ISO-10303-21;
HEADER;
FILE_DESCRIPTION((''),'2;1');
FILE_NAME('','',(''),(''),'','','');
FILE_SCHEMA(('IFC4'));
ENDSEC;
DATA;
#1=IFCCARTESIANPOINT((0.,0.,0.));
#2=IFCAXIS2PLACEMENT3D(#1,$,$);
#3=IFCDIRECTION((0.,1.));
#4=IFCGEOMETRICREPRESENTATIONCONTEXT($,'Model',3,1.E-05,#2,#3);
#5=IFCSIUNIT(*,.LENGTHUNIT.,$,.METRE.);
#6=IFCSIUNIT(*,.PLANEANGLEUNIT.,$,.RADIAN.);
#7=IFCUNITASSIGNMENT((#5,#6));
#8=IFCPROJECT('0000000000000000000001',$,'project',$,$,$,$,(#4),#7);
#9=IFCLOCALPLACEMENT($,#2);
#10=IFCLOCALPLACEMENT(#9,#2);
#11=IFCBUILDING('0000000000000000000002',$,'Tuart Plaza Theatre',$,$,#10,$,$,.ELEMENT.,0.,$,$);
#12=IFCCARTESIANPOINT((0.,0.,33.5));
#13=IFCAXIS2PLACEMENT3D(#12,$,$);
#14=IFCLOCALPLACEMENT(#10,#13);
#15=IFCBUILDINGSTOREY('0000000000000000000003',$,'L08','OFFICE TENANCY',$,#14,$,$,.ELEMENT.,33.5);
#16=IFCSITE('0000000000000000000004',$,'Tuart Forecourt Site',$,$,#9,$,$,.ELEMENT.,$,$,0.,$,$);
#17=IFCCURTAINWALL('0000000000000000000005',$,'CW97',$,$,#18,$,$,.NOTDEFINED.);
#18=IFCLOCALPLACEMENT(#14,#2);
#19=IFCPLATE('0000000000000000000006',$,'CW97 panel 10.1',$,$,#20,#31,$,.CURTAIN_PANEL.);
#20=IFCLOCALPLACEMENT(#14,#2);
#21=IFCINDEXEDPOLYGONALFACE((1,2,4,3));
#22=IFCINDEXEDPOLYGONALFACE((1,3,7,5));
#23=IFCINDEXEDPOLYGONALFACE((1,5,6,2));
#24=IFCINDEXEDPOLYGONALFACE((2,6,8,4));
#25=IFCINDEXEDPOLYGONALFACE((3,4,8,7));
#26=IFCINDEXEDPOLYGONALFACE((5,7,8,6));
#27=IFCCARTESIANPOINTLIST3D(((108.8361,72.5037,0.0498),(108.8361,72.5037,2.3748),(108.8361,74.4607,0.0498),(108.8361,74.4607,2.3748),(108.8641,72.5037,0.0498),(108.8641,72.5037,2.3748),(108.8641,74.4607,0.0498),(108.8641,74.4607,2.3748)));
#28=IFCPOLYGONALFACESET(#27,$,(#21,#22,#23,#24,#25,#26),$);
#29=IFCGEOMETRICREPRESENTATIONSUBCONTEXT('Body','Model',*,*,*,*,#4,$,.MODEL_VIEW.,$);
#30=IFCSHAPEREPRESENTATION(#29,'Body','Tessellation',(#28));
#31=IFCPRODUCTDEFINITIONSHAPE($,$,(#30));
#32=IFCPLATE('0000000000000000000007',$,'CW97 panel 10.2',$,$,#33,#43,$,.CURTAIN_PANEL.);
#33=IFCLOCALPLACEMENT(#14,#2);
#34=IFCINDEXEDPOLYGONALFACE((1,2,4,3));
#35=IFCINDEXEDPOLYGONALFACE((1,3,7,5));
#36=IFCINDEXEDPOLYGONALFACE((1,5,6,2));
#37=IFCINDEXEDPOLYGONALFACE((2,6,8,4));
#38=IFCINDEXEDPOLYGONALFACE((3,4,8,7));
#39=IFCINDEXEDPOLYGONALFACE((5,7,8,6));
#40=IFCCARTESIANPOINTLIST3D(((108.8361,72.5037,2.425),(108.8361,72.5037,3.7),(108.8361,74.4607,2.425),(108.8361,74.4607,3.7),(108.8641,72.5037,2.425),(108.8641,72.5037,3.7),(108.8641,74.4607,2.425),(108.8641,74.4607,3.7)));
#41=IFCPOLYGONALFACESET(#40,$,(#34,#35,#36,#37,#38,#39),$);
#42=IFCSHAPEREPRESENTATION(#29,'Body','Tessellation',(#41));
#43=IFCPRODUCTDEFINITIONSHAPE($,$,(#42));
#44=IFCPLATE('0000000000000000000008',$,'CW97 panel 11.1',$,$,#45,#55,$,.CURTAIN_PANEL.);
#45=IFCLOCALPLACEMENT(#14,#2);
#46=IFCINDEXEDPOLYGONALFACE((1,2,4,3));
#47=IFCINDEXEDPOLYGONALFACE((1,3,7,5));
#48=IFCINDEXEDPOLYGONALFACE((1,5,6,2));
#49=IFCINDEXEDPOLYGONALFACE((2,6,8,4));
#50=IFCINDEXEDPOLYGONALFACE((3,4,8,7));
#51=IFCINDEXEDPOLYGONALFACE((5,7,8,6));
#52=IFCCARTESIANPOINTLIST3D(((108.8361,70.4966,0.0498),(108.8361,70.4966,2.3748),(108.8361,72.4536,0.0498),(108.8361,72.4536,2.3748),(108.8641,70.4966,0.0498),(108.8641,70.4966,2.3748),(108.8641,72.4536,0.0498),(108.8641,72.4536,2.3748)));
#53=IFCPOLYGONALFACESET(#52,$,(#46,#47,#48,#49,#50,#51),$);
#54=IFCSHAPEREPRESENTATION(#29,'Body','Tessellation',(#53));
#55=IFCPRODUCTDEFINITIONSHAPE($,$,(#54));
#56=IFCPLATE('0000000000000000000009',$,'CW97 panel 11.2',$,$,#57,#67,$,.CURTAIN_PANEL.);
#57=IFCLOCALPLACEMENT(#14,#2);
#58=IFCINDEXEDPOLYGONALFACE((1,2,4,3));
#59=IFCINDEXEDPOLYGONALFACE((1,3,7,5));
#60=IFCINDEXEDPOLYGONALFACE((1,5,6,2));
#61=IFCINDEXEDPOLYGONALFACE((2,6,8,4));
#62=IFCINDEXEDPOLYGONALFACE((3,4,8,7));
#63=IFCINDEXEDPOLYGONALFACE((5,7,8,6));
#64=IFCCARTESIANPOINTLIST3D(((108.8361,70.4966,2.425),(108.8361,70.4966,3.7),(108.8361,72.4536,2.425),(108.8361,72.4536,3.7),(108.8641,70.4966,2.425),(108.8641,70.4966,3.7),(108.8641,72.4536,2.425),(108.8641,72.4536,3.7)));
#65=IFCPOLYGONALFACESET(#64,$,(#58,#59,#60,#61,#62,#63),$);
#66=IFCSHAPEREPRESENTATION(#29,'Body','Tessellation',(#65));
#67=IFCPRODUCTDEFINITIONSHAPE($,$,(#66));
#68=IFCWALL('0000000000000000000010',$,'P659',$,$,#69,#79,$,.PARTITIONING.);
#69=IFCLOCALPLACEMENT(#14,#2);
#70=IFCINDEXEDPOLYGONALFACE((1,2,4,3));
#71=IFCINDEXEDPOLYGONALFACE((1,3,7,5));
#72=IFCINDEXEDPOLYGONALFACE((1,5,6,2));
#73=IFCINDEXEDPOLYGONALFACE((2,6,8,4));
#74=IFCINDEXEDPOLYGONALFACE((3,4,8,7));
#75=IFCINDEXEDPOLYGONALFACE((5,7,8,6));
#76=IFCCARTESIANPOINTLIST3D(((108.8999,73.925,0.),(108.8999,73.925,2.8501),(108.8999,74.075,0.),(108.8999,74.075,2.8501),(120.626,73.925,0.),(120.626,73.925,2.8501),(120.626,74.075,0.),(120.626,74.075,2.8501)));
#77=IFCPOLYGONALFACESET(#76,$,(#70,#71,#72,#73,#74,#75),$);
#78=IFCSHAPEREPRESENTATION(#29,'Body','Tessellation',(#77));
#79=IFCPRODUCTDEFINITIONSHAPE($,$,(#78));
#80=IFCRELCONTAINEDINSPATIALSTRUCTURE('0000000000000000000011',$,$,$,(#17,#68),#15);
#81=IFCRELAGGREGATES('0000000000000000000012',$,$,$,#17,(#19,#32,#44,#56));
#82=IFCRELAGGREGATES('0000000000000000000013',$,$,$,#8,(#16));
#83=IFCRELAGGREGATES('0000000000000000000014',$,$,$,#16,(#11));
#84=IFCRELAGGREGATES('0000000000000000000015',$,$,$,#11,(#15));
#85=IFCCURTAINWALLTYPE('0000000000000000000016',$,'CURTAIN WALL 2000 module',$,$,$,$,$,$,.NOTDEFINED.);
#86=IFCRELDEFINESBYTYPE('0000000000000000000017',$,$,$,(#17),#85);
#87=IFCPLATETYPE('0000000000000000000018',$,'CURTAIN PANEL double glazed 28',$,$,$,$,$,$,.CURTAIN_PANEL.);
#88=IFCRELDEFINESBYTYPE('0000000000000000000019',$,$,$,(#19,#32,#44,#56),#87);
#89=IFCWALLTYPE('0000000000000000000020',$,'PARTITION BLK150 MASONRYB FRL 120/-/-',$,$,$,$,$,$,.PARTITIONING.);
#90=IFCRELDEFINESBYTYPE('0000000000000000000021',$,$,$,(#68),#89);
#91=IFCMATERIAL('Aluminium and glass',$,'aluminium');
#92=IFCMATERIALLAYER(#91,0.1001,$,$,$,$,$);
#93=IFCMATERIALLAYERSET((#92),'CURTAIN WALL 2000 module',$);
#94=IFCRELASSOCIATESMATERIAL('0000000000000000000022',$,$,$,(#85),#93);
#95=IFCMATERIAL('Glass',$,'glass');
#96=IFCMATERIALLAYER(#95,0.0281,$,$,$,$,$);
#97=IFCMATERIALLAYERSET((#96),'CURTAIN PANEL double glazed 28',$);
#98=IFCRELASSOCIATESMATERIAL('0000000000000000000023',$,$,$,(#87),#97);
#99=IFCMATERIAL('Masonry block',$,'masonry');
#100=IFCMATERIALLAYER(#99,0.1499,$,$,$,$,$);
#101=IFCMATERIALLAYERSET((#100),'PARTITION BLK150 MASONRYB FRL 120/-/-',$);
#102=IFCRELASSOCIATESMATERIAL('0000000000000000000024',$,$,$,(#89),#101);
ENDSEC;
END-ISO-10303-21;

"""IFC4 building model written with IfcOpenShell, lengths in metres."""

from ifc_helpers import new_model, si_unit, direction, frame, frame_2d, origin, origin_2d, place, context, subcontext, project, spatial, rectangle, extrude, material, layer, layer_set, type_object, element, aggregate, save


model = new_model("IFC4")

# Units and contexts
model_context = context("Model", 3, precision=1e-05, world=origin(), true_north=direction((0.0, 1.0)))
body_context = subcontext(model_context, "Body", "Model", "MODEL_VIEW")
ifc_project = project(units=[si_unit("LENGTHUNIT", "METRE"), si_unit("PLANEANGLEUNIT", "RADIAN")], contexts=[model_context])

# Site, building, storey
site_placement = place(None, origin())
site = spatial("IfcSite", under=ifc_project, at=site_placement, Name="Tuart Forecourt Site", CompositionType="ELEMENT", RefElevation=0.0)
building_placement = place(site_placement, origin())
building = spatial("IfcBuilding", under=site, at=building_placement, Name="Tuart Plaza Theatre", CompositionType="ELEMENT", ElevationOfRefHeight=0.0)
storey_placement = place(building_placement, frame((0.0, 0.0, 33.5)))
storey = spatial("IfcBuildingStorey", under=building, at=storey_placement, Name="L08", Description="OFFICE TENANCY", CompositionType="ELEMENT", Elevation=33.5)

# Curtain wall, plates
ifc_material_1 = material(Name="Aluminium and glass", Category="aluminium")
ifc_layer_1 = layer(ifc_material_1, 0.1001)
ifc_layer_set_1 = layer_set([ifc_layer_1], Name="CURTAIN WALL 2000 module")
curtain_wall_type = type_object("IfcCurtainWallType", Name="CURTAIN WALL 2000 module", PredefinedType="NOTDEFINED", material=ifc_layer_set_1)
curtain_wall_placement = place(storey_placement, origin())
curtain_wall = element("IfcCurtainWall", 1, at=curtain_wall_placement, inside=storey, type_object=curtain_wall_type, Name="CW97", PredefinedType="NOTDEFINED")
ifc_material_2 = material(Name="Glass", Category="glass")
ifc_layer_2 = layer(ifc_material_2, 0.0281)
ifc_layer_set_2 = layer_set([ifc_layer_2], Name="CURTAIN PANEL double glazed 28")
plate_type = type_object("IfcPlateType", Name="CURTAIN PANEL double glazed 28", PredefinedType="CURTAIN_PANEL", material=ifc_layer_set_2)
plate_1_placement = place(storey_placement, frame((108.8501, 73.4822, 0.0498), z_axis=(0.0, 0.0, 1.0), x_axis=(0.0, -1.0, 0.0)))
plate_1 = element("IfcPlate", 2, at=plate_1_placement, type_object=plate_type, Name="CW97 panel 10.1", PredefinedType="CURTAIN_PANEL", context=body_context, shape_type="SweptSolid", body=[
    extrude(rectangle(XDim=1.957, YDim=0.0281, at=origin_2d()), origin(), (0.0, 0.0, 1.0), 2.325),
])
plate_2_placement = place(storey_placement, frame((108.8501, 73.4822, 2.425), z_axis=(0.0, 0.0, 1.0), x_axis=(0.0, -1.0, 0.0)))
plate_2 = element("IfcPlate", 3, at=plate_2_placement, type_object=plate_type, Name="CW97 panel 10.2", PredefinedType="CURTAIN_PANEL", context=body_context, shape_type="SweptSolid", body=[
    extrude(rectangle(XDim=1.957, YDim=0.0281, at=origin_2d()), origin(), (0.0, 0.0, 1.0), 1.2749),
])
plate_3_placement = place(storey_placement, frame((108.8501, 71.4751, 0.0498), z_axis=(0.0, 0.0, 1.0), x_axis=(0.0, -1.0, 0.0)))
plate_3 = element("IfcPlate", 4, at=plate_3_placement, type_object=plate_type, Name="CW97 panel 11.1", PredefinedType="CURTAIN_PANEL", context=body_context, shape_type="SweptSolid", body=[
    extrude(rectangle(XDim=1.957, YDim=0.0281, at=origin_2d()), origin(), (0.0, 0.0, 1.0), 2.325),
])
plate_4_placement = place(storey_placement, frame((108.8501, 71.4751, 2.425), z_axis=(0.0, 0.0, 1.0), x_axis=(0.0, -1.0, 0.0)))
plate_4 = element("IfcPlate", 5, at=plate_4_placement, type_object=plate_type, Name="CW97 panel 11.2", PredefinedType="CURTAIN_PANEL", context=body_context, shape_type="SweptSolid", body=[
    extrude(rectangle(XDim=1.957, YDim=0.0281, at=origin_2d()), origin(), (0.0, 0.0, 1.0), 1.2749),
])
aggregate(curtain_wall, [plate_1, plate_2, plate_3, plate_4])

# Wall
ifc_material_3 = material(Name="Masonry block", Category="masonry")
ifc_layer_3 = layer(ifc_material_3, 0.1499)
ifc_layer_set_3 = layer_set([ifc_layer_3], Name="PARTITION BLK150 MASONRYB FRL 120/-/-")
wall_type = type_object("IfcWallType", Name="PARTITION BLK150 MASONRYB FRL 120/-/-", PredefinedType="PARTITIONING", material=ifc_layer_set_3)
wall_placement = place(storey_placement, frame((108.8999, 74.0, 0.0), z_axis=(0.0, 0.0, 1.0), x_axis=(1.0, 0.0, 0.0)))
element("IfcWall", 6, at=wall_placement, inside=storey, type_object=wall_type, Name="P659", PredefinedType="PARTITIONING", context=body_context, shape_type="SweptSolid", body=[
    extrude(rectangle(XDim=11.7261, YDim=0.1499, at=frame_2d((5.863, 0.0))), origin(), (0.0, 0.0, 1.0), 2.8501),
])

save(model, "model.ifc")
